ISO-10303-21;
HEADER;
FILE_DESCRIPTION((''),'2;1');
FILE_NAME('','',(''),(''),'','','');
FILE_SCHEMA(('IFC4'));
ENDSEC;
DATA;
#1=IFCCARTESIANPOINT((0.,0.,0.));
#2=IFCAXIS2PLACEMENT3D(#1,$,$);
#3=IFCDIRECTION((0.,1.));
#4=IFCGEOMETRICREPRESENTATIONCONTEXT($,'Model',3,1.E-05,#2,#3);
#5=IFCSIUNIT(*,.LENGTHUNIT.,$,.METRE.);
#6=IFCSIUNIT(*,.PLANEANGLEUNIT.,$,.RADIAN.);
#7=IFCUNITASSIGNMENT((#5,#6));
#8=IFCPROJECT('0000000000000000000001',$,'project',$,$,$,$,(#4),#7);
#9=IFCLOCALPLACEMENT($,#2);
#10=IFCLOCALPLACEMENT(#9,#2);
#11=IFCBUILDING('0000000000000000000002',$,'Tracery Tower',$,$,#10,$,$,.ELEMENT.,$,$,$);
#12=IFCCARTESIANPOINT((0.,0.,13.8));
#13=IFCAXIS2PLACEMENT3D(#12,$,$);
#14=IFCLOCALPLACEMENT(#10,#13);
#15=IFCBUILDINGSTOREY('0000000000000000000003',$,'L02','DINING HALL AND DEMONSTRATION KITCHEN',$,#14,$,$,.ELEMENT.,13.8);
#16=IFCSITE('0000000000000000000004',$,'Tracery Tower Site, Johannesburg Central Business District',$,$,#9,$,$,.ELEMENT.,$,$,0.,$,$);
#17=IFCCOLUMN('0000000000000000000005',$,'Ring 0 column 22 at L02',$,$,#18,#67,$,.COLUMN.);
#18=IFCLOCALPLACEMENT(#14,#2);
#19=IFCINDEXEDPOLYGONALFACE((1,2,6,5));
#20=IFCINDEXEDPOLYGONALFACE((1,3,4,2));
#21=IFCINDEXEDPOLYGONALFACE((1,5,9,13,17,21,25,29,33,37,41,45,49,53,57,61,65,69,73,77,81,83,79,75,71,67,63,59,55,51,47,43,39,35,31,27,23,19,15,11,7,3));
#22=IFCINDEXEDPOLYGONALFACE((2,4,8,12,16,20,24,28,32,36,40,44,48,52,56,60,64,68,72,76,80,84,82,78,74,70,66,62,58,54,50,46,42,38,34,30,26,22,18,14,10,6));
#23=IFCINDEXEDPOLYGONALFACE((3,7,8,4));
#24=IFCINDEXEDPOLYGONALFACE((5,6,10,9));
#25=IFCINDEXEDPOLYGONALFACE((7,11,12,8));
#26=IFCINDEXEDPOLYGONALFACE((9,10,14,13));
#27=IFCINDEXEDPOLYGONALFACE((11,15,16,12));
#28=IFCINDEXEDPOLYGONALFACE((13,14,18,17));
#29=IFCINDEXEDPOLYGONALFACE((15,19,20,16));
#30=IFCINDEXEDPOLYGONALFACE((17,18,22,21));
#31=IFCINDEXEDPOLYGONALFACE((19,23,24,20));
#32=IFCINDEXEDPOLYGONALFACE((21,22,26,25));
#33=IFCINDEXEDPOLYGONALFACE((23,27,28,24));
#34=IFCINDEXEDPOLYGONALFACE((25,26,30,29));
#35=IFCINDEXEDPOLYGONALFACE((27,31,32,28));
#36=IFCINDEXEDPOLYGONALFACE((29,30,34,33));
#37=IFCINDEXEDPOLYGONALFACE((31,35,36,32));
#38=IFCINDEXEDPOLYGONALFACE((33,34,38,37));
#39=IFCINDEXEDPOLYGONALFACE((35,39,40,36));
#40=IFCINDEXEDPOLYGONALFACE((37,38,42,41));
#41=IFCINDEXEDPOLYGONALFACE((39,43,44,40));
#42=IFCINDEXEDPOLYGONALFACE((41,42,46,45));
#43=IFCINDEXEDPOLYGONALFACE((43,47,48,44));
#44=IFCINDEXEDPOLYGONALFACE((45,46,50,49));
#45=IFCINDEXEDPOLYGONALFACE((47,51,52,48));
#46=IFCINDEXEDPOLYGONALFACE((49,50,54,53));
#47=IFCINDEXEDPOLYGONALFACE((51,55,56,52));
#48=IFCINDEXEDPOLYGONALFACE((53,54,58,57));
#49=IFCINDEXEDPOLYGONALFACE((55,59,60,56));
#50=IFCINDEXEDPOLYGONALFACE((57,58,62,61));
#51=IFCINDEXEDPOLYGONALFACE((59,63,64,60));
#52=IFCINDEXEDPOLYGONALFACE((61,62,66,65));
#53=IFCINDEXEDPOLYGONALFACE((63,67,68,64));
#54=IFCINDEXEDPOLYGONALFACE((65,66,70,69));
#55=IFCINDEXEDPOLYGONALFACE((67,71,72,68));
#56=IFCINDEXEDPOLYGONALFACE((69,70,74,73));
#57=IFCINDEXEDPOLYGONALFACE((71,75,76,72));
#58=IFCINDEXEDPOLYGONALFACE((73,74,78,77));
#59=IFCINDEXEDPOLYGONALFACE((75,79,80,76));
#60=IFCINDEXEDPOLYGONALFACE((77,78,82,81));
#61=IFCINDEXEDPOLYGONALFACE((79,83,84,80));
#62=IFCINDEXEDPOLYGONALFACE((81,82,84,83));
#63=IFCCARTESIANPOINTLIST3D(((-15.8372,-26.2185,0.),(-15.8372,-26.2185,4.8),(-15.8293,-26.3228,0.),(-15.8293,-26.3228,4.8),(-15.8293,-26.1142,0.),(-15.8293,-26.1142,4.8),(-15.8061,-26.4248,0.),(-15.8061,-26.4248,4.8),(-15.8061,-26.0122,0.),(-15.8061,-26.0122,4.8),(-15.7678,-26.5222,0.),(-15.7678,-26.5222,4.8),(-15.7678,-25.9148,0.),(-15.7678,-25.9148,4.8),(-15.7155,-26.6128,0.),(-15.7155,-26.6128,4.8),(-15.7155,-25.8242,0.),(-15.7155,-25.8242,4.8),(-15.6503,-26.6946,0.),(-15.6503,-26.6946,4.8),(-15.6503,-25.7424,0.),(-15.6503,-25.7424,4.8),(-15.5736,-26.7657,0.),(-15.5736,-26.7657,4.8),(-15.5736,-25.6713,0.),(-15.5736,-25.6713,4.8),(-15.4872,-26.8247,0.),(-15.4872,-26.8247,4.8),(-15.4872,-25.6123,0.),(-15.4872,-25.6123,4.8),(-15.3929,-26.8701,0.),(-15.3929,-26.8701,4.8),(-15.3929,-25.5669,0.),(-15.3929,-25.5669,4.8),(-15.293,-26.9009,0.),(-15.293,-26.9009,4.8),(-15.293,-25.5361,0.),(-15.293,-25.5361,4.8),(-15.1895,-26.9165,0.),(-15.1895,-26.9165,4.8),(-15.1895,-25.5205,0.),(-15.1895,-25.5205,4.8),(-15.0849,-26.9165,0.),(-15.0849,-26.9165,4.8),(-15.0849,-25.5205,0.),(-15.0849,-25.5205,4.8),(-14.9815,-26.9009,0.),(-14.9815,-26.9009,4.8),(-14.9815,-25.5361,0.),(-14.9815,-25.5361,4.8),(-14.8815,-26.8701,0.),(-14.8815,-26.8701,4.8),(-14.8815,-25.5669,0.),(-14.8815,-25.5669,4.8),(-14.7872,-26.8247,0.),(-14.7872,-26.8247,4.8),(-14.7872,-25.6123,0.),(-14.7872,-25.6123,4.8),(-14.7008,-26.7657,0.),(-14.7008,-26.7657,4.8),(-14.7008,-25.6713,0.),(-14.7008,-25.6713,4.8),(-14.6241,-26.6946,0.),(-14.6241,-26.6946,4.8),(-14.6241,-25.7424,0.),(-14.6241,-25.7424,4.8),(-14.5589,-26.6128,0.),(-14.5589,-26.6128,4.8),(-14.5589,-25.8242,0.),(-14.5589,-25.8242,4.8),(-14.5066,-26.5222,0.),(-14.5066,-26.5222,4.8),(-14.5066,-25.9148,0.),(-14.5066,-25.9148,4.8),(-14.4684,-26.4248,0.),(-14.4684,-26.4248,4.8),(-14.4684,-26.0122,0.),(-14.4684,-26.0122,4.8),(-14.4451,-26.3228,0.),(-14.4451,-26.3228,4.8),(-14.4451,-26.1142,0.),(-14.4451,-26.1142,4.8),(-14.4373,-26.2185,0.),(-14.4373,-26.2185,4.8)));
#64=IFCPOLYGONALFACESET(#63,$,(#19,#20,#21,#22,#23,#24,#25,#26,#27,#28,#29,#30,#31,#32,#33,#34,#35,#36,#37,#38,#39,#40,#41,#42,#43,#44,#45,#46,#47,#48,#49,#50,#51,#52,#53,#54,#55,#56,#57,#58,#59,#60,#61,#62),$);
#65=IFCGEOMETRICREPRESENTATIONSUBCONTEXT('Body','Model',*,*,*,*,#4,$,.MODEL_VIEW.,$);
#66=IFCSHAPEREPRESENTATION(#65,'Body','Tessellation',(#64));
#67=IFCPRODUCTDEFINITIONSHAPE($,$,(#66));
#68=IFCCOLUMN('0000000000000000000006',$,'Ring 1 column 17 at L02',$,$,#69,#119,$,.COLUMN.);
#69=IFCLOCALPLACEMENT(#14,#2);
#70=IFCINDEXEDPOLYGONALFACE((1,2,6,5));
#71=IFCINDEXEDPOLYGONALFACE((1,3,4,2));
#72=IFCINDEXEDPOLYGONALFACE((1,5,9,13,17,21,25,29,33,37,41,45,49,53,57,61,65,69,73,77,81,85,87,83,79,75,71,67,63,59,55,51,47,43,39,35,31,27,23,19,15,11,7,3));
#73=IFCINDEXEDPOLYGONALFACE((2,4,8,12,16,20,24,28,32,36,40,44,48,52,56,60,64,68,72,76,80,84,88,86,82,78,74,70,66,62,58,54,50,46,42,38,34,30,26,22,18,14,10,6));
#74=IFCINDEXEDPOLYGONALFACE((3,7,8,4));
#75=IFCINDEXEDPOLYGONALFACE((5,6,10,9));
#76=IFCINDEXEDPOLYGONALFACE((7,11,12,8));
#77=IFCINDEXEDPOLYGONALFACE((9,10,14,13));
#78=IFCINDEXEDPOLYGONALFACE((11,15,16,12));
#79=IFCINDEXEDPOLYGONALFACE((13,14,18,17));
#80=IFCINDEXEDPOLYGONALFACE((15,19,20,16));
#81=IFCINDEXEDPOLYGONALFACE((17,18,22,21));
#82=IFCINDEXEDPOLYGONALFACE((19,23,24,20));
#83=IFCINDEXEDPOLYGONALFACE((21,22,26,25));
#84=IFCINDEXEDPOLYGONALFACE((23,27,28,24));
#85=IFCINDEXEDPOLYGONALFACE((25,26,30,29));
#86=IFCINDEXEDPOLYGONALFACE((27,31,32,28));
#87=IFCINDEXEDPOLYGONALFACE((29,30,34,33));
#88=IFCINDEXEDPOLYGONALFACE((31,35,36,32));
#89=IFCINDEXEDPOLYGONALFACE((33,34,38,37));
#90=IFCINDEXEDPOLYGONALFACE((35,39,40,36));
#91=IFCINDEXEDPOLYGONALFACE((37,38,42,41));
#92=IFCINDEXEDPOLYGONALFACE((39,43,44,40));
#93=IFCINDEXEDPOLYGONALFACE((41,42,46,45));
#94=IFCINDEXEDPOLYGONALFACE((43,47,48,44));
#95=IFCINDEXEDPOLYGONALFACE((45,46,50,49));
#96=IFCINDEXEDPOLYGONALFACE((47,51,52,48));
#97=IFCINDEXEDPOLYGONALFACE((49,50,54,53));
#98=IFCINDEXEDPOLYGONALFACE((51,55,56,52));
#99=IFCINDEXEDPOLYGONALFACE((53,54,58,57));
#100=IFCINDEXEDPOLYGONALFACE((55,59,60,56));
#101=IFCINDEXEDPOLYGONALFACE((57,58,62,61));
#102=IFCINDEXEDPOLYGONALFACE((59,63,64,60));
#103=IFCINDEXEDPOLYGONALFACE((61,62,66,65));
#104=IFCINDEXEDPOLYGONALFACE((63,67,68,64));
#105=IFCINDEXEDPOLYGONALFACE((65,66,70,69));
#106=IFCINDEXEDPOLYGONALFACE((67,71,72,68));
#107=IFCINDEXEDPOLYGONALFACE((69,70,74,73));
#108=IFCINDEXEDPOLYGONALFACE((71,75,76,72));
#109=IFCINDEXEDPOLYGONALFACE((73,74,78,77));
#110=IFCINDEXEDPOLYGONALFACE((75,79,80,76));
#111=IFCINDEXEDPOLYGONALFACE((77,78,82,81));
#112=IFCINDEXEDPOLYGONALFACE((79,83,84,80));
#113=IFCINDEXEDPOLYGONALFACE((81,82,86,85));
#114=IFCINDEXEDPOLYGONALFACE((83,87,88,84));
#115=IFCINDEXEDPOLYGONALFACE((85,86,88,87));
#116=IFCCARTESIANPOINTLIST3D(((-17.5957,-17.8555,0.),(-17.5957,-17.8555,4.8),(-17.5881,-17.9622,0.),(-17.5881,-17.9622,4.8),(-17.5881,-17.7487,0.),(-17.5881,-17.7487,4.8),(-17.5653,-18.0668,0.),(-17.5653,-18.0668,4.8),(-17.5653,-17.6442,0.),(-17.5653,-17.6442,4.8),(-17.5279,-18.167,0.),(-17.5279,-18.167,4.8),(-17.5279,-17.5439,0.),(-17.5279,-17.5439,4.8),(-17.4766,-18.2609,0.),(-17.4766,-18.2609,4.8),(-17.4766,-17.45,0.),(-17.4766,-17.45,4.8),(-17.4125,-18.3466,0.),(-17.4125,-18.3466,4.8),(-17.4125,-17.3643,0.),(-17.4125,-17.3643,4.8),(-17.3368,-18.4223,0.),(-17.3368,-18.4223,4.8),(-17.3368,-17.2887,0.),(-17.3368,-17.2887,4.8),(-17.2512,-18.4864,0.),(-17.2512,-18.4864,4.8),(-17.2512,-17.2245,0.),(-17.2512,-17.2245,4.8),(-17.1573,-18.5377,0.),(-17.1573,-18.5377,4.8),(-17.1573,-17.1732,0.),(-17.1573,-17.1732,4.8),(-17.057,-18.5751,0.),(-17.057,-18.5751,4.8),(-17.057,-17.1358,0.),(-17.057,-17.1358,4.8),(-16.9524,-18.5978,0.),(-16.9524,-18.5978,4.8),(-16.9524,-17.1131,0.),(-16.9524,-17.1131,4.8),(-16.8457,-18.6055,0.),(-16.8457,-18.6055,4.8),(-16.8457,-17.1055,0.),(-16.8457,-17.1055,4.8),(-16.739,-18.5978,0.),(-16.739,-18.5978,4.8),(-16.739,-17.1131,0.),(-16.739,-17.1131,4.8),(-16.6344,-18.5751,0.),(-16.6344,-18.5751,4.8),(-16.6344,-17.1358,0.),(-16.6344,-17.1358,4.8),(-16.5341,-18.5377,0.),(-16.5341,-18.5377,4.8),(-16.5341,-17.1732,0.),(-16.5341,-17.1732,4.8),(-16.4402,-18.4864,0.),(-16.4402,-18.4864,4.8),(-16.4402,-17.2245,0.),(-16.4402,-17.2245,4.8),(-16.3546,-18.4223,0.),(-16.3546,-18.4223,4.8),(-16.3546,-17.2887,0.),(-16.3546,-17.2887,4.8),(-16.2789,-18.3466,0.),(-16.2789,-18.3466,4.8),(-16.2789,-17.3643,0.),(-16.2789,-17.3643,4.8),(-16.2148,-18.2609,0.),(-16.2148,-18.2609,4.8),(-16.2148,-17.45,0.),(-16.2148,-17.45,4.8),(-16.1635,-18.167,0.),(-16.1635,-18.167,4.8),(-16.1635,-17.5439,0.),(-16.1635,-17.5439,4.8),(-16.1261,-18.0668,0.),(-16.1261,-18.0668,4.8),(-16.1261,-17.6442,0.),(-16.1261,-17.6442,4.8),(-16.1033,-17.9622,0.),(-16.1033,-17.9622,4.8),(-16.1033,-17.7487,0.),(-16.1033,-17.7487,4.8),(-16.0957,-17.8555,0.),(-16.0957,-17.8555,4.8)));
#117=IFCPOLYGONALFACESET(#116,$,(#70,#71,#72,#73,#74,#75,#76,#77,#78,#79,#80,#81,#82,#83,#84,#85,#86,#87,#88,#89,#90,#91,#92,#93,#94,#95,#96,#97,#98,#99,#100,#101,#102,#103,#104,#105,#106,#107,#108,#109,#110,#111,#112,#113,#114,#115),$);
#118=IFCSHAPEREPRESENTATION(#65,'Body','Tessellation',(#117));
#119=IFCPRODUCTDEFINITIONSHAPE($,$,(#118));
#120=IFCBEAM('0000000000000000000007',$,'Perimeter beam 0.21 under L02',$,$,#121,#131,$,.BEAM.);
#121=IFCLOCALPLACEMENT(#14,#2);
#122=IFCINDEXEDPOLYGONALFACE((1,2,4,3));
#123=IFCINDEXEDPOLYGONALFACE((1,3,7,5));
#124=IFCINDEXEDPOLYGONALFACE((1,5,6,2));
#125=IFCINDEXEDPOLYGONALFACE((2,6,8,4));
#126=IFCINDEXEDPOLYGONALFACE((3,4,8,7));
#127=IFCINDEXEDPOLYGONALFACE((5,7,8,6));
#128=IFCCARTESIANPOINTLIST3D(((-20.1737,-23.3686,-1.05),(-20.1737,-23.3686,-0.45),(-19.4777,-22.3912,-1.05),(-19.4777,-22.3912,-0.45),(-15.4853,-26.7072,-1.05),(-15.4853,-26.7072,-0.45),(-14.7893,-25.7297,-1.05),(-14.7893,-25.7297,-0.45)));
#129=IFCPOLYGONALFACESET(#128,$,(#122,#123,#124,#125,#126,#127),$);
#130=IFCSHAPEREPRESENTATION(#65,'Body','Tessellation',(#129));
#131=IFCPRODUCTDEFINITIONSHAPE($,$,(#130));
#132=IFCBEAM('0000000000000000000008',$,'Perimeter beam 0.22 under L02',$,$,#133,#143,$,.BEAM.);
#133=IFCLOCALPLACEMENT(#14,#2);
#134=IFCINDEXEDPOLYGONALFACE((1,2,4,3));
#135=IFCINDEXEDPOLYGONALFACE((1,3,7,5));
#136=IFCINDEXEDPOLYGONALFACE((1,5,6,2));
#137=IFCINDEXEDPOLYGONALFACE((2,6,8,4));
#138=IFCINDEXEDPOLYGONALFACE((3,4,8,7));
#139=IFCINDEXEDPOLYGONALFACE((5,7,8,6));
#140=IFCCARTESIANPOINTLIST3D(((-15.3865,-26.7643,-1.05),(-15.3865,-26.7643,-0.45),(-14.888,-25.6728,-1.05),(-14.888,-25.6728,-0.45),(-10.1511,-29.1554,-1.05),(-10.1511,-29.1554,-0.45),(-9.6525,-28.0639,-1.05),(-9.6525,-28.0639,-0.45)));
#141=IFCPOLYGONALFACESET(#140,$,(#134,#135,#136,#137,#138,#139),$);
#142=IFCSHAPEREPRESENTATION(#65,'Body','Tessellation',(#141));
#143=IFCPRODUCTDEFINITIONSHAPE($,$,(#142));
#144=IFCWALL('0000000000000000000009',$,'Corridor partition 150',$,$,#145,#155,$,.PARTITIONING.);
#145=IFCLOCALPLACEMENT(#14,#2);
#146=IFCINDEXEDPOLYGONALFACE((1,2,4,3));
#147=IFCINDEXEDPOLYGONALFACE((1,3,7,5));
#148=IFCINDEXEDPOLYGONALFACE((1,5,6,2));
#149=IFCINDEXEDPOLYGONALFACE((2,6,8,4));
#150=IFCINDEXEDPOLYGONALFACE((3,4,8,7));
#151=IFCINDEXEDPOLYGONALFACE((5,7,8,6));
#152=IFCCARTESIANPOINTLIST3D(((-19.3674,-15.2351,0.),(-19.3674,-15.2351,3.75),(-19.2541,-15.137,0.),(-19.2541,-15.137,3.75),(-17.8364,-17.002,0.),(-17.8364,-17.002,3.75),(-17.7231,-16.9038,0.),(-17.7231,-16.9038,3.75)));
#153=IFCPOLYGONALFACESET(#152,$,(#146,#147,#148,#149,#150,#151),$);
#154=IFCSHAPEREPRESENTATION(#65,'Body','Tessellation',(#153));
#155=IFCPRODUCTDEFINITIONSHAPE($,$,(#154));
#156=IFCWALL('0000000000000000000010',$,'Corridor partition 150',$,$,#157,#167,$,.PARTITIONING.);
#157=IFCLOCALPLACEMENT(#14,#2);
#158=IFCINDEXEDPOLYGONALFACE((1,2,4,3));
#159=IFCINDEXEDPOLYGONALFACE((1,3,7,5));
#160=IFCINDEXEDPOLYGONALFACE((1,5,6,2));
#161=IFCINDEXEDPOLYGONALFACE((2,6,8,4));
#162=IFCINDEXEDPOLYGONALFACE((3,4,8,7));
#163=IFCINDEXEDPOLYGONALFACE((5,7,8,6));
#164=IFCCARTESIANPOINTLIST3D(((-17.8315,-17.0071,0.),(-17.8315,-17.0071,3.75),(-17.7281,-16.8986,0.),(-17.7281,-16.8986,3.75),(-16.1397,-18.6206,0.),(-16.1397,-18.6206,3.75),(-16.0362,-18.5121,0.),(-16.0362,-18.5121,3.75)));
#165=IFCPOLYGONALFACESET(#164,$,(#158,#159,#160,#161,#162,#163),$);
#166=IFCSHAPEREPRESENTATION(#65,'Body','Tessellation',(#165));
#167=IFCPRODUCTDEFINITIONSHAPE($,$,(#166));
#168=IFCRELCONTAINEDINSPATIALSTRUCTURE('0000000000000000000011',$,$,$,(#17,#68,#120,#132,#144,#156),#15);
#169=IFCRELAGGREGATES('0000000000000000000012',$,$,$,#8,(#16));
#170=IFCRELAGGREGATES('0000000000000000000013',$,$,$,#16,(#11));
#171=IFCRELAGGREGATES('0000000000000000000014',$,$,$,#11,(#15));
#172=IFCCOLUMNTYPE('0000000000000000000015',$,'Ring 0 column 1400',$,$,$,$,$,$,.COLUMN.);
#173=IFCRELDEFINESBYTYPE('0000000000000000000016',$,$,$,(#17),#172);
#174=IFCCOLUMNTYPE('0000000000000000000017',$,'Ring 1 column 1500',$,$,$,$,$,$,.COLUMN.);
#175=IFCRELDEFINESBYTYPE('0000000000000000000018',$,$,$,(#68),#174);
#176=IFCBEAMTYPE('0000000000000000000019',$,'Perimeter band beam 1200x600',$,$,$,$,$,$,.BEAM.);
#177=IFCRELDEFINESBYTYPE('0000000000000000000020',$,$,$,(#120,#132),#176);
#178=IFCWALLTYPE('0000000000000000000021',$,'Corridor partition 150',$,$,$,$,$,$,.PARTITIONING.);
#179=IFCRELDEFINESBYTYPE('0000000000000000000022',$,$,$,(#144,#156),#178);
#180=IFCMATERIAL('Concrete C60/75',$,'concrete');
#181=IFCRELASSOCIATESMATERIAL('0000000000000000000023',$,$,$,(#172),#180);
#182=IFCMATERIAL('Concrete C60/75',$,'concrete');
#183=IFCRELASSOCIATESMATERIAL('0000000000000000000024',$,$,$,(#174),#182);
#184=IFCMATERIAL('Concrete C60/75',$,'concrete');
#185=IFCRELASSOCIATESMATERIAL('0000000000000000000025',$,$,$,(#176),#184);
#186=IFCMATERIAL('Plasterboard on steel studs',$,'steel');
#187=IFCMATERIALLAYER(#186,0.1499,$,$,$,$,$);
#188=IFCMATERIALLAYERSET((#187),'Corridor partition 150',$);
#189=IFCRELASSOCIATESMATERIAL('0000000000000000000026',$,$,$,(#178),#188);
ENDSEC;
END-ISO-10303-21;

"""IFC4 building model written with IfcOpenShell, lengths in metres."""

from ifc_helpers import new_model, si_unit, direction, frame, frame_2d, origin, origin_2d, place, context, subcontext, project, spatial, rectangle, circle, extrude, material, layer, layer_set, material_profile, profile_set, type_object, element, save


model = new_model("IFC4")

# Units and contexts
model_context = context("Model", 3, precision=1e-05, world=origin(), true_north=direction((0.0, 1.0)))
body_context = subcontext(model_context, "Body", "Model", "MODEL_VIEW")
ifc_project = project(units=[si_unit("LENGTHUNIT", "METRE"), si_unit("PLANEANGLEUNIT", "RADIAN")], contexts=[model_context])

# Site, building, storey
site_placement = place(None, origin())
site = spatial("IfcSite", under=ifc_project, at=site_placement, Name="Tracery Tower Site, Johannesburg Central Business District", CompositionType="ELEMENT", RefElevation=0.0)
building_placement = place(site_placement, origin())
building = spatial("IfcBuilding", under=site, at=building_placement, Name="Tracery Tower", CompositionType="ELEMENT")
storey_placement = place(building_placement, frame((0.0, 0.0, 13.8)))
storey = spatial("IfcBuildingStorey", under=building, at=storey_placement, Name="L02", Description="DINING HALL AND DEMONSTRATION KITCHEN", CompositionType="ELEMENT", Elevation=13.8)

# Columns
ifc_material_1 = material(Name="Concrete C60/75", Category="concrete")
ifc_material_profile_1 = material_profile(ifc_material_1, circle(Radius=0.7, at=origin_2d()), Name="RC D1400")
ifc_profile_set_1 = profile_set([ifc_material_profile_1], Name="Concrete C60/75")
column_type_1 = type_object("IfcColumnType", Name="Ring 0 column 1400", PredefinedType="COLUMN", material=ifc_profile_set_1)
column_1_placement = place(storey_placement, frame((-15.1372, -26.2185, 0.0), z_axis=(0.0, 0.0, 1.0), x_axis=(1.0, 0.0, 0.0)))
element("IfcColumn", 1, at=column_1_placement, inside=storey, type_object=column_type_1, Name="Ring 0 column 22 at L02", PredefinedType="COLUMN", context=body_context, shape_type="SweptSolid", body=[
    extrude(circle(Radius=0.7, at=origin_2d()), origin(), (0.0, 0.0, 1.0), 4.8),
])
ifc_material_2 = material(Name="Concrete C60/75", Category="concrete")
ifc_material_profile_2 = material_profile(ifc_material_2, circle(Radius=0.75, at=origin_2d()), Name="RC D1500")
ifc_profile_set_2 = profile_set([ifc_material_profile_2], Name="Concrete C60/75")
column_type_2 = type_object("IfcColumnType", Name="Ring 1 column 1500", PredefinedType="COLUMN", material=ifc_profile_set_2)
column_2_placement = place(storey_placement, frame((-16.8457, -17.8555, 0.0), z_axis=(0.0, 0.0, 1.0), x_axis=(1.0, 0.0, 0.0)))
element("IfcColumn", 2, at=column_2_placement, inside=storey, type_object=column_type_2, Name="Ring 1 column 17 at L02", PredefinedType="COLUMN", context=body_context, shape_type="SweptSolid", body=[
    extrude(circle(Radius=0.75, at=origin_2d()), origin(), (0.0, 0.0, 1.0), 4.8),
])

# Beams
ifc_material_3 = material(Name="Concrete C60/75", Category="concrete")
ifc_material_profile_3 = material_profile(ifc_material_3, rectangle(XDim=1.2, YDim=0.6001, at=origin_2d()), Name="RC 1200x600")
ifc_profile_set_3 = profile_set([ifc_material_profile_3], Name="Concrete C60/75")
beam_type = type_object("IfcBeamType", Name="Perimeter band beam 1200x600", PredefinedType="BEAM", material=ifc_profile_set_3)
for number, where, z_axis, x_axis, name in (
    (3, (-19.8257, -22.8799, -0.75), (0.814578, -0.580054, 0.0), (0.580054, 0.814578, 0.0), "Perimeter beam 0.21 under L02"),
    (4, (-15.1372, -26.2185, -0.75), (0.909618, -0.415445, 0.0), (0.415445, 0.909618, 0.0), "Perimeter beam 0.22 under L02"),
):
    element("IfcBeam", number, at=place(storey_placement, frame(where, z_axis=z_axis, x_axis=x_axis)), inside=storey, type_object=beam_type, Name=name, PredefinedType="BEAM", context=body_context, shape_type="SweptSolid", body=[
        extrude(rectangle(XDim=1.2, YDim=0.6001, at=origin_2d()), origin(), (0.0, 0.0, 1.0), 5.7556),
    ])

# Walls
ifc_material_4 = material(Name="Plasterboard on steel studs", Category="steel")
ifc_layer_1 = layer(ifc_material_4, 0.1499)
ifc_layer_set_1 = layer_set([ifc_layer_1], Name="Corridor partition 150")
wall_type_1 = type_object("IfcWallType", Name="Corridor partition 150", PredefinedType="PARTITIONING", material=ifc_layer_set_1)
for number, where, z_axis, x_axis, name in (
    (5, (-19.3108, -15.186, 0.0), (0.0, 0.0, 1.0), (0.654867, -0.755744, 0.0), "Corridor partition 150"),
    (6, (-17.7798, -16.9529, 0.0), (0.0, 0.0, 1.0), (0.723668, -0.690148, 0.0), "Corridor partition 150"),
):
    element("IfcWall", number, at=place(storey_placement, frame(where, z_axis=z_axis, x_axis=x_axis)), inside=storey, type_object=wall_type_1, Name=name, PredefinedType="PARTITIONING", context=body_context, shape_type="SweptSolid", body=[
        extrude(rectangle(XDim=2.3379, YDim=0.1499, at=frame_2d((1.1689, 0.0))), origin(), (0.0, 0.0, 1.0), 3.75),
    ])

save(model, "model.ifc")
